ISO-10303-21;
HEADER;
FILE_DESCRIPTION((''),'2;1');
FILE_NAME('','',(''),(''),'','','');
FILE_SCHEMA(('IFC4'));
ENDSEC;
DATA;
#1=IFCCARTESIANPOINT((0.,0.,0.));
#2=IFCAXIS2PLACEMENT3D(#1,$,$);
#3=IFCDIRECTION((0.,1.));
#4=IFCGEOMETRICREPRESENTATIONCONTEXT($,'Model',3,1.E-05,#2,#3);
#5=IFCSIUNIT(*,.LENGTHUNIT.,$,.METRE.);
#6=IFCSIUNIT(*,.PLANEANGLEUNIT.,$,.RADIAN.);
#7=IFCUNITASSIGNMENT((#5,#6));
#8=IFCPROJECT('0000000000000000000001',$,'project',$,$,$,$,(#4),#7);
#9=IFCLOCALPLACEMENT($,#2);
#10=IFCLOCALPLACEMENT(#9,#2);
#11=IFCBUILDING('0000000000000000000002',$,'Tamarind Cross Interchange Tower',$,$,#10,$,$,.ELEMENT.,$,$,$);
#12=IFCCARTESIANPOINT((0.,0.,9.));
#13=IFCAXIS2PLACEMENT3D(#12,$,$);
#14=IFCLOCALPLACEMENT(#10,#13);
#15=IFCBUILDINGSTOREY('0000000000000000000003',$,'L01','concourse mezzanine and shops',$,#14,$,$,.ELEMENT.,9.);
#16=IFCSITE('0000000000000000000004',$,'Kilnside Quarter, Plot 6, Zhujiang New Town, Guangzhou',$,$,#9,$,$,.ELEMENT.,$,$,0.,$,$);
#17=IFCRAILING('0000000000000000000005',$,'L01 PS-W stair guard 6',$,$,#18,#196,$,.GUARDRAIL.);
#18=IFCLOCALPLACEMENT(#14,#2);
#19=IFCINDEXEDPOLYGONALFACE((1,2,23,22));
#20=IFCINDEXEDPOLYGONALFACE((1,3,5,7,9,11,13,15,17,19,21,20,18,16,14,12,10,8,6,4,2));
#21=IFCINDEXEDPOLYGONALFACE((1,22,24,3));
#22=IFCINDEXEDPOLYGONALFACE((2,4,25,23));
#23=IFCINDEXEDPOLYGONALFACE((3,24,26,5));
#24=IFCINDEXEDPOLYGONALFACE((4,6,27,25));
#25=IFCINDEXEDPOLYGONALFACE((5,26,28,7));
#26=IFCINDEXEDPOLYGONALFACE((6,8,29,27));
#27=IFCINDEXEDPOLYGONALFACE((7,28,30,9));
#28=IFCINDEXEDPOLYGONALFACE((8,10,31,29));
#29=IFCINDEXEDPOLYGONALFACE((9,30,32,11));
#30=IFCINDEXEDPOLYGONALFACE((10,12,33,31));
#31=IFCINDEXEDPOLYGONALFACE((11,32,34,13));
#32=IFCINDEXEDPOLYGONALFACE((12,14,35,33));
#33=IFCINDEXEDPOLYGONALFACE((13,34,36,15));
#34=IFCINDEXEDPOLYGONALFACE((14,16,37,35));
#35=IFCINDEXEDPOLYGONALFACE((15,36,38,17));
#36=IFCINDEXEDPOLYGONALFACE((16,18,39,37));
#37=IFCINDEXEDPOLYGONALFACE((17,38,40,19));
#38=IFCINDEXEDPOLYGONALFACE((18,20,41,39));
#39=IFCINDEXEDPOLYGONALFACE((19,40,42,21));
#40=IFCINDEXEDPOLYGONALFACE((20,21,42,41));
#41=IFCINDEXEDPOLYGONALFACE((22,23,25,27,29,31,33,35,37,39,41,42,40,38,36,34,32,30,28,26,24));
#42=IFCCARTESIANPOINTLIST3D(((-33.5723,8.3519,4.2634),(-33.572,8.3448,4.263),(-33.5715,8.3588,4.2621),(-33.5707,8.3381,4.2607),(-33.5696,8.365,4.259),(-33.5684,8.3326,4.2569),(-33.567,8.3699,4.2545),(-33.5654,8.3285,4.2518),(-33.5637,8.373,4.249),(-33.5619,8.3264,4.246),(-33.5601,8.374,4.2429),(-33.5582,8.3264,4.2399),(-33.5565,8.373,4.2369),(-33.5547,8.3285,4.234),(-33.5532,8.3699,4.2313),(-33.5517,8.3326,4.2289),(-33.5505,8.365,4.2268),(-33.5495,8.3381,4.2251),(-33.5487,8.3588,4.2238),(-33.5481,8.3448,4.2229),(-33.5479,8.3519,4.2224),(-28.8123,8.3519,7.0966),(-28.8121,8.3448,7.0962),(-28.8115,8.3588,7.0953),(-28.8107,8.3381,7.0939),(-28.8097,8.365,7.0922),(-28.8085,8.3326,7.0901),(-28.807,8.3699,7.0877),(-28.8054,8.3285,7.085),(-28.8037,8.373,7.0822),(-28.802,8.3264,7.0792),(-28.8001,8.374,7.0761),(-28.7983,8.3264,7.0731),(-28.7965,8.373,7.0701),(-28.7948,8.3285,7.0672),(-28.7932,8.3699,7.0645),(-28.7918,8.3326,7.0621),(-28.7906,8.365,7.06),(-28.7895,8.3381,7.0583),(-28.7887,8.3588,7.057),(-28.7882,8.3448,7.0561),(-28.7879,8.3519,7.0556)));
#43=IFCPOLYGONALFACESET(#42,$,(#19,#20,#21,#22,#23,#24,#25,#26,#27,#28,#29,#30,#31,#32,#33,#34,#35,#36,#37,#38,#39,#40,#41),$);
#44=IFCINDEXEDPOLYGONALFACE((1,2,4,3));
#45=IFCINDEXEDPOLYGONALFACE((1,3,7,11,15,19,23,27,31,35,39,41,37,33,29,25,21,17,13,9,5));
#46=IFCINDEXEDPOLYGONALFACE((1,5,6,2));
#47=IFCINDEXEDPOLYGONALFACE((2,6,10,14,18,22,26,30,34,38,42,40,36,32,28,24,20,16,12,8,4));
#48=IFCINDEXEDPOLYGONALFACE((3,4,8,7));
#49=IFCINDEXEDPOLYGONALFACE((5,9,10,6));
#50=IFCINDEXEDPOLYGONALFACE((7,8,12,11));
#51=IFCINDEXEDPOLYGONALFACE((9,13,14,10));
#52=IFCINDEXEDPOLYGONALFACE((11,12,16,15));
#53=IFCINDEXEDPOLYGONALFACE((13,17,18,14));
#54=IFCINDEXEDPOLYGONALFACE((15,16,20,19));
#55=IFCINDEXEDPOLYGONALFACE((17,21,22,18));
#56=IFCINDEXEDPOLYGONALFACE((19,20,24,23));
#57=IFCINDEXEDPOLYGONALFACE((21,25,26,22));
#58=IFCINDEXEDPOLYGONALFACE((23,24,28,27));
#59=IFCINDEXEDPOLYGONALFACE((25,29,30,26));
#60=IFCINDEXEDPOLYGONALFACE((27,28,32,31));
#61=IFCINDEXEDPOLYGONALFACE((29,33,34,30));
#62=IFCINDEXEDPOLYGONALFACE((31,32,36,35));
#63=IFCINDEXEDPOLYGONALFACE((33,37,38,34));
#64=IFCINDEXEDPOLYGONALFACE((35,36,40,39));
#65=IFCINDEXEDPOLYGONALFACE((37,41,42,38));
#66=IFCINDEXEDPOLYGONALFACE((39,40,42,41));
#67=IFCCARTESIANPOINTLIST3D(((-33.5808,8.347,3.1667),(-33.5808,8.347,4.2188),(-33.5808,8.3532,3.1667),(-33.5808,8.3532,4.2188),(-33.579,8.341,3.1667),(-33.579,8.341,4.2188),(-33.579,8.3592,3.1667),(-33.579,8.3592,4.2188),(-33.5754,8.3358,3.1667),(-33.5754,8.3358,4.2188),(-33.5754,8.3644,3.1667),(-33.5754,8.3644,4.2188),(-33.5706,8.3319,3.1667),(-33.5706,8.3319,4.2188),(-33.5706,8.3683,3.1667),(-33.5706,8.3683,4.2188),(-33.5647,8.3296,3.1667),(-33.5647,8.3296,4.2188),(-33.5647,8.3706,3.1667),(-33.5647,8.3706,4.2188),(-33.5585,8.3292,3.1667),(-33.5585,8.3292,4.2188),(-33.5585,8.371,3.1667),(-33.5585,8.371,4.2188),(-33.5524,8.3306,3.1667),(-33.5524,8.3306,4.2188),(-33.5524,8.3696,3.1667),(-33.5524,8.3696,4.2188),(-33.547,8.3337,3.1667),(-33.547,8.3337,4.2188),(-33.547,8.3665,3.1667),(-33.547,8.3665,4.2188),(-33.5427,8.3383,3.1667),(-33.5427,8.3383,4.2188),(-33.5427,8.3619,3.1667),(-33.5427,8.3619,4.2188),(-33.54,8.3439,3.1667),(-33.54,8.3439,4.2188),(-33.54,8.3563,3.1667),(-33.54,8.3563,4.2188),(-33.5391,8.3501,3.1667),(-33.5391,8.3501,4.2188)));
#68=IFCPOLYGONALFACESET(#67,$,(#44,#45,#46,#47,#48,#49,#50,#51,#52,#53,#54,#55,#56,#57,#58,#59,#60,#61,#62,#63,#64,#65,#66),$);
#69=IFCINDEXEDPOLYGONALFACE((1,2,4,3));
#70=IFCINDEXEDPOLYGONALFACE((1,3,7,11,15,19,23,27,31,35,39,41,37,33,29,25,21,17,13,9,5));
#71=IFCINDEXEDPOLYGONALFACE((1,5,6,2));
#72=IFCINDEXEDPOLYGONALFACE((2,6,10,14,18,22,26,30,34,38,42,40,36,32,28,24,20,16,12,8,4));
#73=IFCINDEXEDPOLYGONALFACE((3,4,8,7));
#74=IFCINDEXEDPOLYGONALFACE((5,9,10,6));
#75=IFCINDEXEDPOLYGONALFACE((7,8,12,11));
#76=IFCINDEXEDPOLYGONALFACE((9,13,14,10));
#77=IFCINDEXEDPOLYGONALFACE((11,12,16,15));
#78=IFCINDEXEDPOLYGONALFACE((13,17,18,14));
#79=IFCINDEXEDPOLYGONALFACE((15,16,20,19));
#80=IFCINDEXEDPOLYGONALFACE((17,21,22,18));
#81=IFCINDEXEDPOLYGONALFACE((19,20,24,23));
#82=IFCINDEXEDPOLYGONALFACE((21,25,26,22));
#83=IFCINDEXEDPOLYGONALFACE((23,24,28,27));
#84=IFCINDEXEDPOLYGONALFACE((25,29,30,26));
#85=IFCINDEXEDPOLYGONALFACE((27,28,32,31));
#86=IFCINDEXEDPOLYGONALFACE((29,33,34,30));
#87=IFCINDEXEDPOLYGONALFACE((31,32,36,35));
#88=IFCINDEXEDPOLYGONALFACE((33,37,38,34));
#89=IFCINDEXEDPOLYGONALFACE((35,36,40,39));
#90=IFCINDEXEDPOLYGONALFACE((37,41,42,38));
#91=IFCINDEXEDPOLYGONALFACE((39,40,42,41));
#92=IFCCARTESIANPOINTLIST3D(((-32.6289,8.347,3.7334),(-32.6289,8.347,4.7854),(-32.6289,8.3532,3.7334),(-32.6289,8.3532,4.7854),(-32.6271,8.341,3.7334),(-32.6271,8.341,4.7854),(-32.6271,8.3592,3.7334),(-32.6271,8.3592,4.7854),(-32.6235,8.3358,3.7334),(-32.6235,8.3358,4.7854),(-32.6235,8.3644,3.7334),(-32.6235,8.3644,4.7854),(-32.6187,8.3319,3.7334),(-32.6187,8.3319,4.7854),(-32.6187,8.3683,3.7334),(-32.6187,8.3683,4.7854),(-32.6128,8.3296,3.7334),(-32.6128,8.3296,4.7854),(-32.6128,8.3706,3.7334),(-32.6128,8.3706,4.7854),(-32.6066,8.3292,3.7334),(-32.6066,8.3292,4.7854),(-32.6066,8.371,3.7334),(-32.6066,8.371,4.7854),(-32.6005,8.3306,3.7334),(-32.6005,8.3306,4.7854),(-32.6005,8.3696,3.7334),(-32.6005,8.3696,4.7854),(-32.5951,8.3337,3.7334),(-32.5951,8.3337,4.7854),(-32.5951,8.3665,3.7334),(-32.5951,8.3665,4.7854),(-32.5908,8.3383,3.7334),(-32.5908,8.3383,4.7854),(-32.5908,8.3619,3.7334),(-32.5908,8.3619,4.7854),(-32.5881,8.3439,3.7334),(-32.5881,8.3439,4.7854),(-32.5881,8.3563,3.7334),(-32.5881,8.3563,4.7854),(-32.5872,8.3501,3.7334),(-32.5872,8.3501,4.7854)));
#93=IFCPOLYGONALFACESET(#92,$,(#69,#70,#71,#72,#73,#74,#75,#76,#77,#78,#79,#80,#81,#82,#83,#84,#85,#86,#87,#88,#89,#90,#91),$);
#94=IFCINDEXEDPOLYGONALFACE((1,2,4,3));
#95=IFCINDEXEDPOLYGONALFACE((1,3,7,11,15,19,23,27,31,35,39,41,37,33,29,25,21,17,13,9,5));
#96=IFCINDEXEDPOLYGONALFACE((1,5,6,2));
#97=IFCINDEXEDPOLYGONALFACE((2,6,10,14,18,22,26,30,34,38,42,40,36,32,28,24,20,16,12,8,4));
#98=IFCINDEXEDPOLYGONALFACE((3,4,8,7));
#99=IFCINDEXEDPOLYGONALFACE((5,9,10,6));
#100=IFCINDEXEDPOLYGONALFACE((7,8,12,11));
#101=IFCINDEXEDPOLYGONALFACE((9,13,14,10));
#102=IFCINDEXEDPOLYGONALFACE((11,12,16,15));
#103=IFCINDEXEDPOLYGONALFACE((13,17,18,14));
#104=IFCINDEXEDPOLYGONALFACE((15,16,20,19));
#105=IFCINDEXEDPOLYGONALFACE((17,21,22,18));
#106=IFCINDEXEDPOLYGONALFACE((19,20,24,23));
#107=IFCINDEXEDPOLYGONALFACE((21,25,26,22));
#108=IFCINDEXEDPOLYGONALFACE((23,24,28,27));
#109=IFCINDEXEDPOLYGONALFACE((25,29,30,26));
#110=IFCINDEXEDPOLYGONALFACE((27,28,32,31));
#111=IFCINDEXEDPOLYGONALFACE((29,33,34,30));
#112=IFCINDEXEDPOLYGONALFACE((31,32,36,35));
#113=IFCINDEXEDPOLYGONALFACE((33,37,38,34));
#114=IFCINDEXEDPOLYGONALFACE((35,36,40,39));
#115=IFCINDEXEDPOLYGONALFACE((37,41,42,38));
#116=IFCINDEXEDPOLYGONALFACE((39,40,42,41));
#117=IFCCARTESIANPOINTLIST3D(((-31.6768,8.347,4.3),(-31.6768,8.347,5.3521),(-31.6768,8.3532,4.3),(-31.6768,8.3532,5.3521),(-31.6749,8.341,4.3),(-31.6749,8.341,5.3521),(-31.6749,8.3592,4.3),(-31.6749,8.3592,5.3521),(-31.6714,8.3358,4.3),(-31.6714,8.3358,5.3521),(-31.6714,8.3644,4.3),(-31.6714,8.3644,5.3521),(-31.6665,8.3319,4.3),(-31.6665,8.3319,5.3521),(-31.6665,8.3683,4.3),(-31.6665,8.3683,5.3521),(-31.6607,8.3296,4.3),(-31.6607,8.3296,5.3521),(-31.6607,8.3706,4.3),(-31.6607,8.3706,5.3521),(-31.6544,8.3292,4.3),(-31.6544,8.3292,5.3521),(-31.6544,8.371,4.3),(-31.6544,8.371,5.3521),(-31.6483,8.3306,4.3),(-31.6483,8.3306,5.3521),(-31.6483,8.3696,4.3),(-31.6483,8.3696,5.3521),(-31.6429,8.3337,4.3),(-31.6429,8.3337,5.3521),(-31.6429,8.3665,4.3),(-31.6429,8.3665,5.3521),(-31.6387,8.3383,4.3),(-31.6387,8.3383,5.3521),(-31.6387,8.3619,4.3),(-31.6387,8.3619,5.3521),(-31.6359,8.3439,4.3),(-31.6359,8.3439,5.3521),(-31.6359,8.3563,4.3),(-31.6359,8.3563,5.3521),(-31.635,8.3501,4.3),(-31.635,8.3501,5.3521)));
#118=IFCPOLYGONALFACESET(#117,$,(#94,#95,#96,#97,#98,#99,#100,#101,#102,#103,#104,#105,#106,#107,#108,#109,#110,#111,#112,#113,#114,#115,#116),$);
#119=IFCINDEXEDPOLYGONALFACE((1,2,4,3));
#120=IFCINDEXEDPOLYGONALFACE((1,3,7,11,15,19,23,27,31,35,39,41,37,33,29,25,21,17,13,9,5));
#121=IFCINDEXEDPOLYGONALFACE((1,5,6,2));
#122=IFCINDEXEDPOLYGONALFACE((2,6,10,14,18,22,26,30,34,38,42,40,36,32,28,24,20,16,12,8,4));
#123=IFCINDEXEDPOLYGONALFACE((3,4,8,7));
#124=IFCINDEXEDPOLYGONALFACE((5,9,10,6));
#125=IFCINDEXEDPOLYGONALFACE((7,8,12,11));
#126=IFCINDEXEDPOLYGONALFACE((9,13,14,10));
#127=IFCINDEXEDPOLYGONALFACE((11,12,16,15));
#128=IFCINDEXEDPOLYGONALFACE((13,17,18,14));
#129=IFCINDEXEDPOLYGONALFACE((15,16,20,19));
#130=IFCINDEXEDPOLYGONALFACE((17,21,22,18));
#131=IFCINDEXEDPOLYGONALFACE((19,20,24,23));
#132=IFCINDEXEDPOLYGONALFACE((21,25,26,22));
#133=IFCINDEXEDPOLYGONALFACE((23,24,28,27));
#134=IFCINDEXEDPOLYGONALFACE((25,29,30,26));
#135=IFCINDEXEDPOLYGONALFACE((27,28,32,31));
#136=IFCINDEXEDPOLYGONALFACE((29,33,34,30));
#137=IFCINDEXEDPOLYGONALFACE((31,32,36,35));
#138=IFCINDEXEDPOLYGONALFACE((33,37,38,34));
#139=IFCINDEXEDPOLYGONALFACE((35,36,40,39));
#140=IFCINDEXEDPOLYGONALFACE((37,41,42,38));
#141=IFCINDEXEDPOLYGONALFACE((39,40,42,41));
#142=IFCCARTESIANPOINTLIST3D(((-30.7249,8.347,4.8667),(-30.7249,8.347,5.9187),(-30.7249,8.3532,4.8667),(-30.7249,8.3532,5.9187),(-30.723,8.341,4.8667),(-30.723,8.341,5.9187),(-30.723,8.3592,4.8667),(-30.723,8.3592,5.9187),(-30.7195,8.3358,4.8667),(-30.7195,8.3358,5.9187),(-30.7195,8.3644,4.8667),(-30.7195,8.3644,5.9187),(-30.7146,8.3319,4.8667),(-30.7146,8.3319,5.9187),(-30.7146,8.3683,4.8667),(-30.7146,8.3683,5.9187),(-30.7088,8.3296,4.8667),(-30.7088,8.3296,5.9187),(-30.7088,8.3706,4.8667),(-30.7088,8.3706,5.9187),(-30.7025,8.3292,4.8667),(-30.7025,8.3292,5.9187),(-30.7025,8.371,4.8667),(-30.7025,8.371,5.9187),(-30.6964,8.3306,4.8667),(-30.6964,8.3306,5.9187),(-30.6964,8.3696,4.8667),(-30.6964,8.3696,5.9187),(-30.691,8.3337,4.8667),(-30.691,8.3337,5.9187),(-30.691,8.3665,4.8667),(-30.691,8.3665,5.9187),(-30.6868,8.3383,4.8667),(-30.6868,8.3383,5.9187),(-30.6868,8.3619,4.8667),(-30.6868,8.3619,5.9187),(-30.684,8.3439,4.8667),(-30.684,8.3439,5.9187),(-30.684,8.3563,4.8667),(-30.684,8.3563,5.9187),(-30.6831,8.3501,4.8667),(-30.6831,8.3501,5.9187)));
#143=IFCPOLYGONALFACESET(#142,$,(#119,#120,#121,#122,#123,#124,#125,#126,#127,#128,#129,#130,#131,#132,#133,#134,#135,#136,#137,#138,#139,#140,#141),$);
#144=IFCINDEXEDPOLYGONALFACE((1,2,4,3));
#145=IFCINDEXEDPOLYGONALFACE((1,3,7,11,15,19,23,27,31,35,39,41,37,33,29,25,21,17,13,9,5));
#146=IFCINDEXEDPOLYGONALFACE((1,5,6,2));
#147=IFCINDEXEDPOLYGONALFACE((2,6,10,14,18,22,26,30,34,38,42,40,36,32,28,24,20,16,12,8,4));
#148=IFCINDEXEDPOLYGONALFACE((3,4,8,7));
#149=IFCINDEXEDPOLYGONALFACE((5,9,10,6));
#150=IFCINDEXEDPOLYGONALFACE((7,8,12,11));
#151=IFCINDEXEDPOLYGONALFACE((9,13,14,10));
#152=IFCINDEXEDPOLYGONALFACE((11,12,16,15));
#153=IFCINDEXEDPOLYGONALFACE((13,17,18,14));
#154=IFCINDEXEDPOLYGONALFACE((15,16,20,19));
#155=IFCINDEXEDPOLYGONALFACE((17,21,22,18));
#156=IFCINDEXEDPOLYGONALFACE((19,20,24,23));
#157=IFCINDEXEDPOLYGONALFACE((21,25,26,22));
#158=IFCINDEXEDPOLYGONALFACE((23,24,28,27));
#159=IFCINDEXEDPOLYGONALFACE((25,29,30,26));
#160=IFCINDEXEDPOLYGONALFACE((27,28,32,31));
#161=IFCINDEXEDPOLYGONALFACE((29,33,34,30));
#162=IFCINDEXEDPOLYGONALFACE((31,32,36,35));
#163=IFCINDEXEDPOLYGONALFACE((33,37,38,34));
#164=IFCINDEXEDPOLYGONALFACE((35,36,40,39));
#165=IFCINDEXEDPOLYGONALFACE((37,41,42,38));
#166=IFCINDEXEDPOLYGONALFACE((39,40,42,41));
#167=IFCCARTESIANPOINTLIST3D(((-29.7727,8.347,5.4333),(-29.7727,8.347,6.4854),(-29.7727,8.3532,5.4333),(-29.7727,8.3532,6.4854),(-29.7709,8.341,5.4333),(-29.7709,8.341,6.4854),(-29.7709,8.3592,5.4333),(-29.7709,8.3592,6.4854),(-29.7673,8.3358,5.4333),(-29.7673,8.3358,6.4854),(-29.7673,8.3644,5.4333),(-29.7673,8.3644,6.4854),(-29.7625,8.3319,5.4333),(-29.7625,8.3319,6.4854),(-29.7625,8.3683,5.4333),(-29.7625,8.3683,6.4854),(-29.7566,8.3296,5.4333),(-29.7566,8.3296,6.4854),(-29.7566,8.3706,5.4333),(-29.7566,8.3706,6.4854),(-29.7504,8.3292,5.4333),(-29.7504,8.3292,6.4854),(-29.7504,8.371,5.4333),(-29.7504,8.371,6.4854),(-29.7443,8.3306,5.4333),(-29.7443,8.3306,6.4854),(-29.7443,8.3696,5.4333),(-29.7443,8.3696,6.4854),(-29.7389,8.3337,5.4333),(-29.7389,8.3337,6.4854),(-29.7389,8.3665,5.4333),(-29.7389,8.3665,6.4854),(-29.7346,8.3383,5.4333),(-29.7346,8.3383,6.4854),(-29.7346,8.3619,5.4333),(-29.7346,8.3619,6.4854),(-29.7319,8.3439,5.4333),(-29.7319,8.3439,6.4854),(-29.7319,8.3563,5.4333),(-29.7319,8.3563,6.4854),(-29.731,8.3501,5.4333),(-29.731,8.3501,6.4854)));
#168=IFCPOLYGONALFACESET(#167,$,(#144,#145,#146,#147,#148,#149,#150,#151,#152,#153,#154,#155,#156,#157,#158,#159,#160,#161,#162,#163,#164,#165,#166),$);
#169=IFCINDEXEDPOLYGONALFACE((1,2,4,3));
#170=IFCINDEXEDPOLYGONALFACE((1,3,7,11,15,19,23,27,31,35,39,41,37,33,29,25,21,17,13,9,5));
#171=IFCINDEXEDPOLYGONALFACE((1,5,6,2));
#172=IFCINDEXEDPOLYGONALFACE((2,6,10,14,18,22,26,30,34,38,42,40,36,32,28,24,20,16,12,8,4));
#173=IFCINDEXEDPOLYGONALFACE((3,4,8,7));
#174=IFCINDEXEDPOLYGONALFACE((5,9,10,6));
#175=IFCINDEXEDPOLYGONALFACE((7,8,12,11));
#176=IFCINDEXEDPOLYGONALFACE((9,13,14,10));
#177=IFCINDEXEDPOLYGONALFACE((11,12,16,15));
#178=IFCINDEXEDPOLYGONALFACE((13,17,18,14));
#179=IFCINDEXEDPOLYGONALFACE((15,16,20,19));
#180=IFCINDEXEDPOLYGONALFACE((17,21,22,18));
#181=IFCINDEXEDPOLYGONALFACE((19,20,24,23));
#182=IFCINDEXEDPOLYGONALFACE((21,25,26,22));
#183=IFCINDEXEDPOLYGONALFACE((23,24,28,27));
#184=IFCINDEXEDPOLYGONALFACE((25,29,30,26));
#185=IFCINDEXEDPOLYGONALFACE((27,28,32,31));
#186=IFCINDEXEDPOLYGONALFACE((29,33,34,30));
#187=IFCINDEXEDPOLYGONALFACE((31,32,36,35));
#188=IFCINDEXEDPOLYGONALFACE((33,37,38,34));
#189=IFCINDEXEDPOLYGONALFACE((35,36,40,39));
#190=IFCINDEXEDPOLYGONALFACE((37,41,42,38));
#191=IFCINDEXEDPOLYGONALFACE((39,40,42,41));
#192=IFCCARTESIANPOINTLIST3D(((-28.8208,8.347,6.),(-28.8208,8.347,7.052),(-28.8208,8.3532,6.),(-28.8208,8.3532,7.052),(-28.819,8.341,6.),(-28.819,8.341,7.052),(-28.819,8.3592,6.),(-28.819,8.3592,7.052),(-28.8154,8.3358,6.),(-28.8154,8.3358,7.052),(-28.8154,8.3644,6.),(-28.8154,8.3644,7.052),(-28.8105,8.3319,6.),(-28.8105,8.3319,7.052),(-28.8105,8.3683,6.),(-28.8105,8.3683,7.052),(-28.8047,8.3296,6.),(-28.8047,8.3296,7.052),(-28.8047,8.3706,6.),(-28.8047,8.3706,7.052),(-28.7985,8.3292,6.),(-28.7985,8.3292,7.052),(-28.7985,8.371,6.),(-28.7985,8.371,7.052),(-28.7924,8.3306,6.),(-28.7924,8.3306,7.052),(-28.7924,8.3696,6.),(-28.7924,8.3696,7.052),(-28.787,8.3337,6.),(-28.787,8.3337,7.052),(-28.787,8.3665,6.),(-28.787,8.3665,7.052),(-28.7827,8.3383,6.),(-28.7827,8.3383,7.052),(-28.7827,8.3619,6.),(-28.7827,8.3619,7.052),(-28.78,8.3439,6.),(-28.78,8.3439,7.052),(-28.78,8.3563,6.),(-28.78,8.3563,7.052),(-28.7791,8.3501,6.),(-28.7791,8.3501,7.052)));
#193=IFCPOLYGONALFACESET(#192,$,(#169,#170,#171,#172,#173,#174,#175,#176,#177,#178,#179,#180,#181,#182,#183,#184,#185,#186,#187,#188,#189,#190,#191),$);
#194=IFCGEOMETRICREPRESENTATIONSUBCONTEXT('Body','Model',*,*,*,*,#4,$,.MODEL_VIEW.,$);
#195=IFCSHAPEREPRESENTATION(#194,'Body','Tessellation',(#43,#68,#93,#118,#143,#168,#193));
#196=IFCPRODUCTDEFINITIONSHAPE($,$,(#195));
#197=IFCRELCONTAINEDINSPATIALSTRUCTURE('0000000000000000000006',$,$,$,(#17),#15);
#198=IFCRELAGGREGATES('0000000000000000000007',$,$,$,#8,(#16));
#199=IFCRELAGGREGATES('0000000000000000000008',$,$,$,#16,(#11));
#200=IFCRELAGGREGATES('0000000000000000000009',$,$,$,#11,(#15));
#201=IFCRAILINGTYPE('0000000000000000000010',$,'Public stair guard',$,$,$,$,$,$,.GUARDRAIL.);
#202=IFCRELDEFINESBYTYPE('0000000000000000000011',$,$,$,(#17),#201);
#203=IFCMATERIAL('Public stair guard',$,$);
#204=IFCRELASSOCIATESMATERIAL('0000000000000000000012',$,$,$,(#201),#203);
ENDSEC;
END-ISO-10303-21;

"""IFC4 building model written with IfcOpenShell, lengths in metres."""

from ifc_helpers import new_model, si_unit, direction, frame, origin, origin_2d, place, context, subcontext, project, spatial, circle, extrude, material, type_object, element, save


model = new_model("IFC4")

# Units and contexts
model_context = context("Model", 3, precision=1e-05, world=origin(), true_north=direction((0.0, 1.0)))
body_context = subcontext(model_context, "Body", "Model", "MODEL_VIEW")
ifc_project = project(units=[si_unit("LENGTHUNIT", "METRE"), si_unit("PLANEANGLEUNIT", "RADIAN")], contexts=[model_context])

# Site, building, storey
site_placement = place(None, origin())
site = spatial("IfcSite", under=ifc_project, at=site_placement, Name="Kilnside Quarter, Plot 6, Zhujiang New Town, Guangzhou", CompositionType="ELEMENT", RefElevation=0.0)
building_placement = place(site_placement, origin())
building = spatial("IfcBuilding", under=site, at=building_placement, Name="Tamarind Cross Interchange Tower", CompositionType="ELEMENT")
storey_placement = place(building_placement, frame((0.0, 0.0, 9.0)))
storey = spatial("IfcBuildingStorey", under=building, at=storey_placement, Name="L01", Description="concourse mezzanine and shops", CompositionType="ELEMENT", Elevation=9.0)

# Railing
ifc_material_1 = material(Name="Public stair guard")
railing_type_1 = type_object("IfcRailingType", Name="Public stair guard", PredefinedType="GUARDRAIL", material=ifc_material_1)
railing_1_placement = place(storey_placement, frame((-33.5601, 8.3501, 3.1667)))
element("IfcRailing", 1, at=railing_1_placement, inside=storey, type_object=railing_type_1, Name="L01 PS-W stair guard 6", PredefinedType="GUARDRAIL", context=body_context, shape_type="SweptSolid", body=[
    extrude(circle(Radius=0.0239, at=origin_2d()), frame((0.0, 0.0, 1.0762), z_axis=(0.8593, 0.0, 0.511472), x_axis=(0.0, 1.0, 0.0)), (0.0, 0.0, 1.0), 5.5393),
    extrude(circle(Radius=0.021, at=origin_2d()), origin(), (0.0, 0.0, 1.0), 1.052),
    extrude(circle(Radius=0.021, at=origin_2d()), frame((0.9519, 0.0, 0.5667)), (0.0, 0.0, 1.0), 1.052),
    extrude(circle(Radius=0.021, at=origin_2d()), frame((1.9041, 0.0, 1.1333)), (0.0, 0.0, 1.0), 1.052),
    extrude(circle(Radius=0.021, at=origin_2d()), frame((2.856, 0.0, 1.7)), (0.0, 0.0, 1.0), 1.052),
    extrude(circle(Radius=0.021, at=origin_2d()), frame((3.8081, 0.0, 2.2666)), (0.0, 0.0, 1.0), 1.052),
    extrude(circle(Radius=0.021, at=origin_2d()), frame((4.76, 0.0, 2.8333)), (0.0, 0.0, 1.0), 1.052),
])

save(model, "model.ifc")
